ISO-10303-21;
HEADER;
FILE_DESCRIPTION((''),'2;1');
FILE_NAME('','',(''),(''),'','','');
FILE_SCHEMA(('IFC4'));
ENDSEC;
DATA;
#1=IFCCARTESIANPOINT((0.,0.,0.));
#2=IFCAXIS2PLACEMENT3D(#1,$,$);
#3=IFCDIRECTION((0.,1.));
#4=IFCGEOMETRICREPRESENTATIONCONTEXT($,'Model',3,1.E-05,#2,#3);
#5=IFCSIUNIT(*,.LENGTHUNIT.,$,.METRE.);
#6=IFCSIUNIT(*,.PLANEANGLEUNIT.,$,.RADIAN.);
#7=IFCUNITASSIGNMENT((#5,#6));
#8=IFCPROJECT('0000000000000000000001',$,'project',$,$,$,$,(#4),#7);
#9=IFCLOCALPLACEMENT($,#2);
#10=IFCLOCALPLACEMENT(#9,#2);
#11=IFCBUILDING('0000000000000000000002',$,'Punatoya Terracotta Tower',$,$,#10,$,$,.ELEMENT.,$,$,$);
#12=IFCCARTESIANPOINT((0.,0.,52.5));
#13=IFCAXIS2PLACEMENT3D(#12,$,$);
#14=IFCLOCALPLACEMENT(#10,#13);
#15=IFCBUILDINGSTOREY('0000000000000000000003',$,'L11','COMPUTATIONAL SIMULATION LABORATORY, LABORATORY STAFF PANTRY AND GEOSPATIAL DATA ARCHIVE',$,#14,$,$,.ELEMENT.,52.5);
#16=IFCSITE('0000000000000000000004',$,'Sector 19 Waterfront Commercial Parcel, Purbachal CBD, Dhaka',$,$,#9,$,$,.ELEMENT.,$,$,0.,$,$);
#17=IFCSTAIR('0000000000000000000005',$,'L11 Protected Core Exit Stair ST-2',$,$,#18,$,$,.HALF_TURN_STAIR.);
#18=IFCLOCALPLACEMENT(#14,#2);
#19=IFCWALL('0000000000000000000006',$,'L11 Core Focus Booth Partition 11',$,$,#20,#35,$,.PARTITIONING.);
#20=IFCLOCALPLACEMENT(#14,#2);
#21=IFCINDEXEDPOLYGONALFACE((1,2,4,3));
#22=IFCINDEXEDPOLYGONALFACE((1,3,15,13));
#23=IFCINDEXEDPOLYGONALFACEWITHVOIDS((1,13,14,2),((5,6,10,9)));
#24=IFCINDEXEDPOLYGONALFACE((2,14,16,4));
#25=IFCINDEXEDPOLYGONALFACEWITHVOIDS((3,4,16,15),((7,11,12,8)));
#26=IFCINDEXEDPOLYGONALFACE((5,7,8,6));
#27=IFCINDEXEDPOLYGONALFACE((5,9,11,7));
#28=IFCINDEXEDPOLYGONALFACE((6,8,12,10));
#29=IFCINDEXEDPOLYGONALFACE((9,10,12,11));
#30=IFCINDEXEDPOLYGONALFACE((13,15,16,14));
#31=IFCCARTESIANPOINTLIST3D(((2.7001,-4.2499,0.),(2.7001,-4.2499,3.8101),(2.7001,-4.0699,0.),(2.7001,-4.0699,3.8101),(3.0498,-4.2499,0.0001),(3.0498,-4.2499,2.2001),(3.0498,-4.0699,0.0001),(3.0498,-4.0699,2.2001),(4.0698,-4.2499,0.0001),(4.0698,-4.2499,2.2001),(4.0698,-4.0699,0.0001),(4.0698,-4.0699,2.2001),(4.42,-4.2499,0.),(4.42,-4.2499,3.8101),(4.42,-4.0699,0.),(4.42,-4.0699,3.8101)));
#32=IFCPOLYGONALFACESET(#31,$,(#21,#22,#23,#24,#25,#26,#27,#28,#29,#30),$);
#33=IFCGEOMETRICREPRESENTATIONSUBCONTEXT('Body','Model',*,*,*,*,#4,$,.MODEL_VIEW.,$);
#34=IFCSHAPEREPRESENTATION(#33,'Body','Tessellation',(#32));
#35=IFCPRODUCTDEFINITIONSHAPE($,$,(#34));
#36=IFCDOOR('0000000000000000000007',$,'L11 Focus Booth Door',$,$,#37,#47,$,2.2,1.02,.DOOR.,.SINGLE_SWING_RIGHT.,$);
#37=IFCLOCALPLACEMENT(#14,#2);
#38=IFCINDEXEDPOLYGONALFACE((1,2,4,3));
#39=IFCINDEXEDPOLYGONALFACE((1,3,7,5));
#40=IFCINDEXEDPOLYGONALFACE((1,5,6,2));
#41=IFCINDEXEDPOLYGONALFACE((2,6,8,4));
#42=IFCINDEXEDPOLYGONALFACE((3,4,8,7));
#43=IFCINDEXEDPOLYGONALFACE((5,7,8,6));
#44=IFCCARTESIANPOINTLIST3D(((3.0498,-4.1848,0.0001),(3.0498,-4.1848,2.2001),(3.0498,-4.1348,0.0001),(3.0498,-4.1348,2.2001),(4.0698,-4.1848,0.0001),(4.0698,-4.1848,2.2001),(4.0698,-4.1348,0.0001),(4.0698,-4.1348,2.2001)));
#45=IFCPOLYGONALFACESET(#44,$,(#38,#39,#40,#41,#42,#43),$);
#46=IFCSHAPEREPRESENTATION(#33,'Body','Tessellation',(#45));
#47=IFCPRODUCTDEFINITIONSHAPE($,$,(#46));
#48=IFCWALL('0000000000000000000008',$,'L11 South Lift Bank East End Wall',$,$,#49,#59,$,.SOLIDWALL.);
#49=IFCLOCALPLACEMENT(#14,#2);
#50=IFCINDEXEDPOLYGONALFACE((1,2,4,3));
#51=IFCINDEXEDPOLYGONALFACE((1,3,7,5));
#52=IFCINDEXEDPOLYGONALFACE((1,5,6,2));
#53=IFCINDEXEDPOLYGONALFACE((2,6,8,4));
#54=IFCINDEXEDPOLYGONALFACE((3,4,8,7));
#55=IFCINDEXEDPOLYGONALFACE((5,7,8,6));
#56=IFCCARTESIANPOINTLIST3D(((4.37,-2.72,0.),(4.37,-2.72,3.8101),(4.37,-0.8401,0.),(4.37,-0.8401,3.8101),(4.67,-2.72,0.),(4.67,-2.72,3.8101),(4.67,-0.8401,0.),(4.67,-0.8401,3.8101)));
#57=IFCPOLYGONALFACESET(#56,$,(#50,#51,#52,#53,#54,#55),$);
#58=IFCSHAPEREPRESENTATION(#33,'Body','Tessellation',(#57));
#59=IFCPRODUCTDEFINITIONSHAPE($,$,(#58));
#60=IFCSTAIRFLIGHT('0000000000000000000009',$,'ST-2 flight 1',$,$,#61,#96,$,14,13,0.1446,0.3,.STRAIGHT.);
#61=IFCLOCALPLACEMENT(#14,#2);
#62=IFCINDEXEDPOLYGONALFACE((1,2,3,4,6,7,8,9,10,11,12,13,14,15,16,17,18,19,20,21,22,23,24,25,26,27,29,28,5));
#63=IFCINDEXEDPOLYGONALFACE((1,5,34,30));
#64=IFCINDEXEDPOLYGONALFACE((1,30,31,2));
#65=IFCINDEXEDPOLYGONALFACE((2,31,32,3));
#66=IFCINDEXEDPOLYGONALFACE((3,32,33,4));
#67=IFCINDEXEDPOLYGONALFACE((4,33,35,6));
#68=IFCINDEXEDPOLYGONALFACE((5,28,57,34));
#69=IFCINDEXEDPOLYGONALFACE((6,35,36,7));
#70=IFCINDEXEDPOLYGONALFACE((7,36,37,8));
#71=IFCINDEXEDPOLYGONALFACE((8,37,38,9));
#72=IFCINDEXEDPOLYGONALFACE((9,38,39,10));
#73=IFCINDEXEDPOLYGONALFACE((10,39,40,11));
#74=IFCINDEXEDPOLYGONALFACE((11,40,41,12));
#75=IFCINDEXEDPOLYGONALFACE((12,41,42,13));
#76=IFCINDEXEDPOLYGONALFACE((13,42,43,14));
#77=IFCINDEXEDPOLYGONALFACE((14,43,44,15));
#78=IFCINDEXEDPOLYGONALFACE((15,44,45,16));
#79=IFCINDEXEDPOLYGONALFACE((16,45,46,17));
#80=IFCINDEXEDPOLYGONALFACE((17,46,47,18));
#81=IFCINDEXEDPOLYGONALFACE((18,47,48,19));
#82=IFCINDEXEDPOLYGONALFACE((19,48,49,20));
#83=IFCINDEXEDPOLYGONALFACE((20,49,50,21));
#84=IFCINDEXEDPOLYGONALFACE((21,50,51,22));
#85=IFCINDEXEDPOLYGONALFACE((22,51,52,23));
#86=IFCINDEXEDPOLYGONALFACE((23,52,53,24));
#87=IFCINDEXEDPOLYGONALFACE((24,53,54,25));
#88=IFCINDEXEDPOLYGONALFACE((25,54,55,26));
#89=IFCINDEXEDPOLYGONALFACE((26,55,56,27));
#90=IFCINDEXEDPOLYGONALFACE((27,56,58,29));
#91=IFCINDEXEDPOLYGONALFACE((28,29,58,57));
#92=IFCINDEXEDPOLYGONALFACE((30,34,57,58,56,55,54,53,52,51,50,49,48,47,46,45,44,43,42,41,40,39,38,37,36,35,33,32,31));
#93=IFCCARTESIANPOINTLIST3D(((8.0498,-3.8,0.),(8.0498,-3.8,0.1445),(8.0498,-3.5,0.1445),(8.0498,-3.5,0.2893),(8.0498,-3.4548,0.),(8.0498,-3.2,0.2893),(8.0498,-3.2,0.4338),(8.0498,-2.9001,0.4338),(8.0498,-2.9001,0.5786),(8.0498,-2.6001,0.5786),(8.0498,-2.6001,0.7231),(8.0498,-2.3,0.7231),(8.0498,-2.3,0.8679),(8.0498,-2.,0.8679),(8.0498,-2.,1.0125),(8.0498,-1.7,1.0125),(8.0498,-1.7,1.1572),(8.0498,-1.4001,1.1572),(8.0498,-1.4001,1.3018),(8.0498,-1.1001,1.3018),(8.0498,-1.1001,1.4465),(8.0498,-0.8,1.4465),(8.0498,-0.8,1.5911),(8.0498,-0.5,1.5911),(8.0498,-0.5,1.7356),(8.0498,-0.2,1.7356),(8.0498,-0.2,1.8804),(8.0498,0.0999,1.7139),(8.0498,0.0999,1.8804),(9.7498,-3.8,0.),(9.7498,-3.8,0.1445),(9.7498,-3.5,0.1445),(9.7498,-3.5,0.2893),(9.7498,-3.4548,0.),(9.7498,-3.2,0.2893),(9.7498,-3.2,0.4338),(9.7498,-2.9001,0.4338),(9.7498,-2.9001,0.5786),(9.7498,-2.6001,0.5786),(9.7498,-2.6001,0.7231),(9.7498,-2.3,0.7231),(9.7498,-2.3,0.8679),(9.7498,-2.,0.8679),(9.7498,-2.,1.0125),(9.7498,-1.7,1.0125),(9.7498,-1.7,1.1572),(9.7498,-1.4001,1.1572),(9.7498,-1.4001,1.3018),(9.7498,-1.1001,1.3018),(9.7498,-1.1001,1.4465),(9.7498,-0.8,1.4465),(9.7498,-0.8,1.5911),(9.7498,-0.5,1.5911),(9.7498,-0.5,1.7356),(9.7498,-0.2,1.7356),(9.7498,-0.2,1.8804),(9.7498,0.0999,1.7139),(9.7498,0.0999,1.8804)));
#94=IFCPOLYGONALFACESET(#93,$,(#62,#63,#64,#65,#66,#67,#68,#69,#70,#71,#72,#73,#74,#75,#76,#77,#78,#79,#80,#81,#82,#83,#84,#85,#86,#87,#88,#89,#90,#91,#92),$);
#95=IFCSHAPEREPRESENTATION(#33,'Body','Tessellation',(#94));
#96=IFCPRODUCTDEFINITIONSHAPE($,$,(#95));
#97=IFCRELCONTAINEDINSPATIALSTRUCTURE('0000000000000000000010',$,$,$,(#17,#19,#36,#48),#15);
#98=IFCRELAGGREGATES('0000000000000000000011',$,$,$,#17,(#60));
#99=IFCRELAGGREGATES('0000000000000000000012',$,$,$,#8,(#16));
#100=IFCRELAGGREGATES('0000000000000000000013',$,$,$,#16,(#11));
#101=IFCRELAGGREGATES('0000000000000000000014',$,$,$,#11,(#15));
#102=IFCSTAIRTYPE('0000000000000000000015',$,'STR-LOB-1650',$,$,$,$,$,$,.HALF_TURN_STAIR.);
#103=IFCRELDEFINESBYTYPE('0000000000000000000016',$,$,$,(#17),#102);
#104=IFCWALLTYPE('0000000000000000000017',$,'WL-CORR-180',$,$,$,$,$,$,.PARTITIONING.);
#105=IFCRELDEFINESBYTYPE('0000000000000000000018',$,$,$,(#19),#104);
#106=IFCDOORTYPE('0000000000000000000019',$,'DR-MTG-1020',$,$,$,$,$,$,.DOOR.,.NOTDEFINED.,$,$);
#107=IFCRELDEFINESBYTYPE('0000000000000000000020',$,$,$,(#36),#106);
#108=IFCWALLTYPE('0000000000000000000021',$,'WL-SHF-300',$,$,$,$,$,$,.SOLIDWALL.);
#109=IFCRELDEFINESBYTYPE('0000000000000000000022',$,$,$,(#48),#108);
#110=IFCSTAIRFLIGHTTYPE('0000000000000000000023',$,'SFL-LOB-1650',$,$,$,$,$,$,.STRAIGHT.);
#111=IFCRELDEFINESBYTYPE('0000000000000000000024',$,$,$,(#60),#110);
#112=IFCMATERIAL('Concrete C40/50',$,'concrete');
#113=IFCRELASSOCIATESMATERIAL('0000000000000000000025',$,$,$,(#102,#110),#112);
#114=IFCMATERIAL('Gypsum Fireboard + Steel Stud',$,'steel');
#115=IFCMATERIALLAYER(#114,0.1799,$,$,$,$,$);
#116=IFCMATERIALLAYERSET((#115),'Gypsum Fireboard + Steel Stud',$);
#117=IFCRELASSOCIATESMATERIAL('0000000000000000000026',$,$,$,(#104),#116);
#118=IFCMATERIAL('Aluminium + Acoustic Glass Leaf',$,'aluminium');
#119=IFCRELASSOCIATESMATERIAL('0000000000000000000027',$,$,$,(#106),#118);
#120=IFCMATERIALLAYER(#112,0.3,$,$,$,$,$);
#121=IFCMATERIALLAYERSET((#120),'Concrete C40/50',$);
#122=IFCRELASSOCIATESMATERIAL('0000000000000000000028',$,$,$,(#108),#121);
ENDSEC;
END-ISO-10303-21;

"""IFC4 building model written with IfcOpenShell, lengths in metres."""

from ifc_helpers import new_model, si_unit, direction, frame, frame_2d, origin, place, context, subcontext, project, spatial, polyline, rectangle, outline, extrude, material, layer, layer_set, type_object, element, fill, aggregate, save


model = new_model("IFC4")

# Units and contexts
model_context = context("Model", 3, precision=1e-05, world=origin(), true_north=direction((0.0, 1.0)))
body_context = subcontext(model_context, "Body", "Model", "MODEL_VIEW")
ifc_project = project(units=[si_unit("LENGTHUNIT", "METRE"), si_unit("PLANEANGLEUNIT", "RADIAN")], contexts=[model_context])

# Site, building, storey
site_placement = place(None, origin())
site = spatial("IfcSite", under=ifc_project, at=site_placement, Name="Sector 19 Waterfront Commercial Parcel, Purbachal CBD, Dhaka", CompositionType="ELEMENT", RefElevation=0.0)
building_placement = place(site_placement, origin())
building = spatial("IfcBuilding", under=site, at=building_placement, Name="Punatoya Terracotta Tower", CompositionType="ELEMENT")
storey_placement = place(building_placement, frame((0.0, 0.0, 52.5)))
storey = spatial("IfcBuildingStorey", under=building, at=storey_placement, Name="L11", Description="COMPUTATIONAL SIMULATION LABORATORY, LABORATORY STAFF PANTRY AND GEOSPATIAL DATA ARCHIVE", CompositionType="ELEMENT", Elevation=52.5)

# Stair
ifc_material_1 = material(Name="Concrete C40/50", Category="concrete")
stair_type_1 = type_object("IfcStairType", Name="STR-LOB-1650", PredefinedType="HALF_TURN_STAIR", material=ifc_material_1)
stair_1_placement = place(storey_placement, origin())
stair_1 = element("IfcStair", 1, at=stair_1_placement, inside=storey, type_object=stair_type_1, Name="L11 Protected Core Exit Stair ST-2", PredefinedType="HALF_TURN_STAIR")

# Wall, opening, door
ifc_material_2 = material(Name="Gypsum Fireboard + Steel Stud", Category="steel")
ifc_layer_1 = layer(ifc_material_2, 0.1799)
ifc_layer_set_1 = layer_set([ifc_layer_1], Name="Gypsum Fireboard + Steel Stud")
wall_type_1 = type_object("IfcWallType", Name="WL-CORR-180", PredefinedType="PARTITIONING", material=ifc_layer_set_1)
wall_1_placement = place(storey_placement, frame((4.4199, -4.1599, 0.0), z_axis=(0.0, 0.0, 1.0), x_axis=(-1.0, 0.0, 0.0)))
wall_1 = element("IfcWall", 2, at=wall_1_placement, inside=storey, type_object=wall_type_1, Name="L11 Core Focus Booth Partition 11", PredefinedType="PARTITIONING", context=body_context, shape_type="SweptSolid", body=[
    extrude(rectangle(XDim=1.72, YDim=0.1799, at=frame_2d((0.8599, 0.0))), origin(), (0.0, 0.0, 1.0), 3.8101),
])
opening_1_placement = place(wall_1_placement, frame((0.3501, 0.0, 0.0)))
opening_1 = element("IfcOpeningElement", 3, at=opening_1_placement, cuts=wall_1, PredefinedType="OPENING", context=body_context, shape_type="SweptSolid", body=[
    extrude(rectangle(XDim=1.02, YDim=2.2, at=frame_2d((0.51, 1.1001))), frame((0.0, 0.0999, 0.0), z_axis=(0.0, -1.0, 0.0), x_axis=(1.0, 0.0, 0.0)), (0.0, 0.0, 1.0), 0.2),
])
ifc_material_3 = material(Name="Aluminium + Acoustic Glass Leaf", Category="aluminium")
door_type_1 = type_object("IfcDoorType", Name="DR-MTG-1020", OperationType="NOTDEFINED", PredefinedType="DOOR", material=ifc_material_3)
door_1_placement = place(opening_1_placement, origin())
door_1 = element("IfcDoor", 4, at=door_1_placement, inside=storey, type_object=door_type_1, Name="L11 Focus Booth Door", OperationType="SINGLE_SWING_RIGHT", OverallHeight=2.2, OverallWidth=1.02, PredefinedType="DOOR", context=body_context, shape_type="SweptSolid", body=[
    extrude(rectangle(XDim=1.02, YDim=2.2, at=frame_2d((0.51, 1.1001))), frame((0.0, 0.0249, 0.0), z_axis=(0.0, -1.0, 0.0), x_axis=(1.0, 0.0, 0.0)), (0.0, 0.0, 1.0), 0.05),
])
fill(opening_1, door_1)

# Wall
ifc_layer_2 = layer(ifc_material_1, 0.3)
ifc_layer_set_2 = layer_set([ifc_layer_2], Name="Concrete C40/50")
wall_type_2 = type_object("IfcWallType", Name="WL-SHF-300", PredefinedType="SOLIDWALL", material=ifc_layer_set_2)
wall_2_placement = place(storey_placement, frame((4.52, -2.72, 0.0), z_axis=(0.0, 0.0, 1.0), x_axis=(0.0, 1.0, 0.0)))
element("IfcWall", 5, at=wall_2_placement, inside=storey, type_object=wall_type_2, Name="L11 South Lift Bank East End Wall", PredefinedType="SOLIDWALL", context=body_context, shape_type="SweptSolid", body=[
    extrude(rectangle(XDim=1.8799, YDim=0.3, at=frame_2d((0.9399, 0.0))), origin(), (0.0, 0.0, 1.0), 3.8101),
])

# Stair flight
stair_flight_type = type_object("IfcStairFlightType", Name="SFL-LOB-1650", PredefinedType="STRAIGHT", material=ifc_material_1)
stair_flight_placement = place(storey_placement, frame((8.8999, -3.8, 0.0), z_axis=(0.0, 0.0, 1.0), x_axis=(0.0, 1.0, 0.0)))
stair_flight = element("IfcStairFlight", 6, at=stair_flight_placement, type_object=stair_flight_type, Name="ST-2 flight 1", NumberOfRisers=14, NumberOfTreads=13, PredefinedType="STRAIGHT", RiserHeight=0.1446, TreadLength=0.3, context=body_context, shape_type="SweptSolid", body=[
    extrude(outline(polyline([(0.0, 0.0), (0.0, 0.1445), (0.3, 0.1445), (0.3, 0.2893), (0.6001, 0.2893), (0.6001, 0.4338), (0.8999, 0.4338), (0.8999, 0.5786), (1.2, 0.5786), (1.2, 0.7231), (1.5, 0.7231), (1.5, 0.8679), (1.8, 0.8679), (1.8, 1.0125), (2.1001, 1.0125), (2.1001, 1.1572), (2.3999, 1.1572), (2.3999, 1.3018), (2.7, 1.3018), (2.7, 1.4465), (3.0, 1.4465), (3.0, 1.5911), (3.3, 1.5911), (3.3, 1.7356), (3.6001, 1.7356), (3.6001, 1.8804), (3.8999, 1.8804), (3.8999, 2.0249), (3.8999, 1.7139), (0.3452, 0.0), (0.0, 0.0)])), frame((0.0, 0.8501, 0.0), z_axis=(0.0, -1.0, 0.0), x_axis=(1.0, 0.0, 0.0)), (0.0, 0.0, 1.0), 1.7),
])
aggregate(stair_1, [stair_flight])

save(model, "model.ifc")
